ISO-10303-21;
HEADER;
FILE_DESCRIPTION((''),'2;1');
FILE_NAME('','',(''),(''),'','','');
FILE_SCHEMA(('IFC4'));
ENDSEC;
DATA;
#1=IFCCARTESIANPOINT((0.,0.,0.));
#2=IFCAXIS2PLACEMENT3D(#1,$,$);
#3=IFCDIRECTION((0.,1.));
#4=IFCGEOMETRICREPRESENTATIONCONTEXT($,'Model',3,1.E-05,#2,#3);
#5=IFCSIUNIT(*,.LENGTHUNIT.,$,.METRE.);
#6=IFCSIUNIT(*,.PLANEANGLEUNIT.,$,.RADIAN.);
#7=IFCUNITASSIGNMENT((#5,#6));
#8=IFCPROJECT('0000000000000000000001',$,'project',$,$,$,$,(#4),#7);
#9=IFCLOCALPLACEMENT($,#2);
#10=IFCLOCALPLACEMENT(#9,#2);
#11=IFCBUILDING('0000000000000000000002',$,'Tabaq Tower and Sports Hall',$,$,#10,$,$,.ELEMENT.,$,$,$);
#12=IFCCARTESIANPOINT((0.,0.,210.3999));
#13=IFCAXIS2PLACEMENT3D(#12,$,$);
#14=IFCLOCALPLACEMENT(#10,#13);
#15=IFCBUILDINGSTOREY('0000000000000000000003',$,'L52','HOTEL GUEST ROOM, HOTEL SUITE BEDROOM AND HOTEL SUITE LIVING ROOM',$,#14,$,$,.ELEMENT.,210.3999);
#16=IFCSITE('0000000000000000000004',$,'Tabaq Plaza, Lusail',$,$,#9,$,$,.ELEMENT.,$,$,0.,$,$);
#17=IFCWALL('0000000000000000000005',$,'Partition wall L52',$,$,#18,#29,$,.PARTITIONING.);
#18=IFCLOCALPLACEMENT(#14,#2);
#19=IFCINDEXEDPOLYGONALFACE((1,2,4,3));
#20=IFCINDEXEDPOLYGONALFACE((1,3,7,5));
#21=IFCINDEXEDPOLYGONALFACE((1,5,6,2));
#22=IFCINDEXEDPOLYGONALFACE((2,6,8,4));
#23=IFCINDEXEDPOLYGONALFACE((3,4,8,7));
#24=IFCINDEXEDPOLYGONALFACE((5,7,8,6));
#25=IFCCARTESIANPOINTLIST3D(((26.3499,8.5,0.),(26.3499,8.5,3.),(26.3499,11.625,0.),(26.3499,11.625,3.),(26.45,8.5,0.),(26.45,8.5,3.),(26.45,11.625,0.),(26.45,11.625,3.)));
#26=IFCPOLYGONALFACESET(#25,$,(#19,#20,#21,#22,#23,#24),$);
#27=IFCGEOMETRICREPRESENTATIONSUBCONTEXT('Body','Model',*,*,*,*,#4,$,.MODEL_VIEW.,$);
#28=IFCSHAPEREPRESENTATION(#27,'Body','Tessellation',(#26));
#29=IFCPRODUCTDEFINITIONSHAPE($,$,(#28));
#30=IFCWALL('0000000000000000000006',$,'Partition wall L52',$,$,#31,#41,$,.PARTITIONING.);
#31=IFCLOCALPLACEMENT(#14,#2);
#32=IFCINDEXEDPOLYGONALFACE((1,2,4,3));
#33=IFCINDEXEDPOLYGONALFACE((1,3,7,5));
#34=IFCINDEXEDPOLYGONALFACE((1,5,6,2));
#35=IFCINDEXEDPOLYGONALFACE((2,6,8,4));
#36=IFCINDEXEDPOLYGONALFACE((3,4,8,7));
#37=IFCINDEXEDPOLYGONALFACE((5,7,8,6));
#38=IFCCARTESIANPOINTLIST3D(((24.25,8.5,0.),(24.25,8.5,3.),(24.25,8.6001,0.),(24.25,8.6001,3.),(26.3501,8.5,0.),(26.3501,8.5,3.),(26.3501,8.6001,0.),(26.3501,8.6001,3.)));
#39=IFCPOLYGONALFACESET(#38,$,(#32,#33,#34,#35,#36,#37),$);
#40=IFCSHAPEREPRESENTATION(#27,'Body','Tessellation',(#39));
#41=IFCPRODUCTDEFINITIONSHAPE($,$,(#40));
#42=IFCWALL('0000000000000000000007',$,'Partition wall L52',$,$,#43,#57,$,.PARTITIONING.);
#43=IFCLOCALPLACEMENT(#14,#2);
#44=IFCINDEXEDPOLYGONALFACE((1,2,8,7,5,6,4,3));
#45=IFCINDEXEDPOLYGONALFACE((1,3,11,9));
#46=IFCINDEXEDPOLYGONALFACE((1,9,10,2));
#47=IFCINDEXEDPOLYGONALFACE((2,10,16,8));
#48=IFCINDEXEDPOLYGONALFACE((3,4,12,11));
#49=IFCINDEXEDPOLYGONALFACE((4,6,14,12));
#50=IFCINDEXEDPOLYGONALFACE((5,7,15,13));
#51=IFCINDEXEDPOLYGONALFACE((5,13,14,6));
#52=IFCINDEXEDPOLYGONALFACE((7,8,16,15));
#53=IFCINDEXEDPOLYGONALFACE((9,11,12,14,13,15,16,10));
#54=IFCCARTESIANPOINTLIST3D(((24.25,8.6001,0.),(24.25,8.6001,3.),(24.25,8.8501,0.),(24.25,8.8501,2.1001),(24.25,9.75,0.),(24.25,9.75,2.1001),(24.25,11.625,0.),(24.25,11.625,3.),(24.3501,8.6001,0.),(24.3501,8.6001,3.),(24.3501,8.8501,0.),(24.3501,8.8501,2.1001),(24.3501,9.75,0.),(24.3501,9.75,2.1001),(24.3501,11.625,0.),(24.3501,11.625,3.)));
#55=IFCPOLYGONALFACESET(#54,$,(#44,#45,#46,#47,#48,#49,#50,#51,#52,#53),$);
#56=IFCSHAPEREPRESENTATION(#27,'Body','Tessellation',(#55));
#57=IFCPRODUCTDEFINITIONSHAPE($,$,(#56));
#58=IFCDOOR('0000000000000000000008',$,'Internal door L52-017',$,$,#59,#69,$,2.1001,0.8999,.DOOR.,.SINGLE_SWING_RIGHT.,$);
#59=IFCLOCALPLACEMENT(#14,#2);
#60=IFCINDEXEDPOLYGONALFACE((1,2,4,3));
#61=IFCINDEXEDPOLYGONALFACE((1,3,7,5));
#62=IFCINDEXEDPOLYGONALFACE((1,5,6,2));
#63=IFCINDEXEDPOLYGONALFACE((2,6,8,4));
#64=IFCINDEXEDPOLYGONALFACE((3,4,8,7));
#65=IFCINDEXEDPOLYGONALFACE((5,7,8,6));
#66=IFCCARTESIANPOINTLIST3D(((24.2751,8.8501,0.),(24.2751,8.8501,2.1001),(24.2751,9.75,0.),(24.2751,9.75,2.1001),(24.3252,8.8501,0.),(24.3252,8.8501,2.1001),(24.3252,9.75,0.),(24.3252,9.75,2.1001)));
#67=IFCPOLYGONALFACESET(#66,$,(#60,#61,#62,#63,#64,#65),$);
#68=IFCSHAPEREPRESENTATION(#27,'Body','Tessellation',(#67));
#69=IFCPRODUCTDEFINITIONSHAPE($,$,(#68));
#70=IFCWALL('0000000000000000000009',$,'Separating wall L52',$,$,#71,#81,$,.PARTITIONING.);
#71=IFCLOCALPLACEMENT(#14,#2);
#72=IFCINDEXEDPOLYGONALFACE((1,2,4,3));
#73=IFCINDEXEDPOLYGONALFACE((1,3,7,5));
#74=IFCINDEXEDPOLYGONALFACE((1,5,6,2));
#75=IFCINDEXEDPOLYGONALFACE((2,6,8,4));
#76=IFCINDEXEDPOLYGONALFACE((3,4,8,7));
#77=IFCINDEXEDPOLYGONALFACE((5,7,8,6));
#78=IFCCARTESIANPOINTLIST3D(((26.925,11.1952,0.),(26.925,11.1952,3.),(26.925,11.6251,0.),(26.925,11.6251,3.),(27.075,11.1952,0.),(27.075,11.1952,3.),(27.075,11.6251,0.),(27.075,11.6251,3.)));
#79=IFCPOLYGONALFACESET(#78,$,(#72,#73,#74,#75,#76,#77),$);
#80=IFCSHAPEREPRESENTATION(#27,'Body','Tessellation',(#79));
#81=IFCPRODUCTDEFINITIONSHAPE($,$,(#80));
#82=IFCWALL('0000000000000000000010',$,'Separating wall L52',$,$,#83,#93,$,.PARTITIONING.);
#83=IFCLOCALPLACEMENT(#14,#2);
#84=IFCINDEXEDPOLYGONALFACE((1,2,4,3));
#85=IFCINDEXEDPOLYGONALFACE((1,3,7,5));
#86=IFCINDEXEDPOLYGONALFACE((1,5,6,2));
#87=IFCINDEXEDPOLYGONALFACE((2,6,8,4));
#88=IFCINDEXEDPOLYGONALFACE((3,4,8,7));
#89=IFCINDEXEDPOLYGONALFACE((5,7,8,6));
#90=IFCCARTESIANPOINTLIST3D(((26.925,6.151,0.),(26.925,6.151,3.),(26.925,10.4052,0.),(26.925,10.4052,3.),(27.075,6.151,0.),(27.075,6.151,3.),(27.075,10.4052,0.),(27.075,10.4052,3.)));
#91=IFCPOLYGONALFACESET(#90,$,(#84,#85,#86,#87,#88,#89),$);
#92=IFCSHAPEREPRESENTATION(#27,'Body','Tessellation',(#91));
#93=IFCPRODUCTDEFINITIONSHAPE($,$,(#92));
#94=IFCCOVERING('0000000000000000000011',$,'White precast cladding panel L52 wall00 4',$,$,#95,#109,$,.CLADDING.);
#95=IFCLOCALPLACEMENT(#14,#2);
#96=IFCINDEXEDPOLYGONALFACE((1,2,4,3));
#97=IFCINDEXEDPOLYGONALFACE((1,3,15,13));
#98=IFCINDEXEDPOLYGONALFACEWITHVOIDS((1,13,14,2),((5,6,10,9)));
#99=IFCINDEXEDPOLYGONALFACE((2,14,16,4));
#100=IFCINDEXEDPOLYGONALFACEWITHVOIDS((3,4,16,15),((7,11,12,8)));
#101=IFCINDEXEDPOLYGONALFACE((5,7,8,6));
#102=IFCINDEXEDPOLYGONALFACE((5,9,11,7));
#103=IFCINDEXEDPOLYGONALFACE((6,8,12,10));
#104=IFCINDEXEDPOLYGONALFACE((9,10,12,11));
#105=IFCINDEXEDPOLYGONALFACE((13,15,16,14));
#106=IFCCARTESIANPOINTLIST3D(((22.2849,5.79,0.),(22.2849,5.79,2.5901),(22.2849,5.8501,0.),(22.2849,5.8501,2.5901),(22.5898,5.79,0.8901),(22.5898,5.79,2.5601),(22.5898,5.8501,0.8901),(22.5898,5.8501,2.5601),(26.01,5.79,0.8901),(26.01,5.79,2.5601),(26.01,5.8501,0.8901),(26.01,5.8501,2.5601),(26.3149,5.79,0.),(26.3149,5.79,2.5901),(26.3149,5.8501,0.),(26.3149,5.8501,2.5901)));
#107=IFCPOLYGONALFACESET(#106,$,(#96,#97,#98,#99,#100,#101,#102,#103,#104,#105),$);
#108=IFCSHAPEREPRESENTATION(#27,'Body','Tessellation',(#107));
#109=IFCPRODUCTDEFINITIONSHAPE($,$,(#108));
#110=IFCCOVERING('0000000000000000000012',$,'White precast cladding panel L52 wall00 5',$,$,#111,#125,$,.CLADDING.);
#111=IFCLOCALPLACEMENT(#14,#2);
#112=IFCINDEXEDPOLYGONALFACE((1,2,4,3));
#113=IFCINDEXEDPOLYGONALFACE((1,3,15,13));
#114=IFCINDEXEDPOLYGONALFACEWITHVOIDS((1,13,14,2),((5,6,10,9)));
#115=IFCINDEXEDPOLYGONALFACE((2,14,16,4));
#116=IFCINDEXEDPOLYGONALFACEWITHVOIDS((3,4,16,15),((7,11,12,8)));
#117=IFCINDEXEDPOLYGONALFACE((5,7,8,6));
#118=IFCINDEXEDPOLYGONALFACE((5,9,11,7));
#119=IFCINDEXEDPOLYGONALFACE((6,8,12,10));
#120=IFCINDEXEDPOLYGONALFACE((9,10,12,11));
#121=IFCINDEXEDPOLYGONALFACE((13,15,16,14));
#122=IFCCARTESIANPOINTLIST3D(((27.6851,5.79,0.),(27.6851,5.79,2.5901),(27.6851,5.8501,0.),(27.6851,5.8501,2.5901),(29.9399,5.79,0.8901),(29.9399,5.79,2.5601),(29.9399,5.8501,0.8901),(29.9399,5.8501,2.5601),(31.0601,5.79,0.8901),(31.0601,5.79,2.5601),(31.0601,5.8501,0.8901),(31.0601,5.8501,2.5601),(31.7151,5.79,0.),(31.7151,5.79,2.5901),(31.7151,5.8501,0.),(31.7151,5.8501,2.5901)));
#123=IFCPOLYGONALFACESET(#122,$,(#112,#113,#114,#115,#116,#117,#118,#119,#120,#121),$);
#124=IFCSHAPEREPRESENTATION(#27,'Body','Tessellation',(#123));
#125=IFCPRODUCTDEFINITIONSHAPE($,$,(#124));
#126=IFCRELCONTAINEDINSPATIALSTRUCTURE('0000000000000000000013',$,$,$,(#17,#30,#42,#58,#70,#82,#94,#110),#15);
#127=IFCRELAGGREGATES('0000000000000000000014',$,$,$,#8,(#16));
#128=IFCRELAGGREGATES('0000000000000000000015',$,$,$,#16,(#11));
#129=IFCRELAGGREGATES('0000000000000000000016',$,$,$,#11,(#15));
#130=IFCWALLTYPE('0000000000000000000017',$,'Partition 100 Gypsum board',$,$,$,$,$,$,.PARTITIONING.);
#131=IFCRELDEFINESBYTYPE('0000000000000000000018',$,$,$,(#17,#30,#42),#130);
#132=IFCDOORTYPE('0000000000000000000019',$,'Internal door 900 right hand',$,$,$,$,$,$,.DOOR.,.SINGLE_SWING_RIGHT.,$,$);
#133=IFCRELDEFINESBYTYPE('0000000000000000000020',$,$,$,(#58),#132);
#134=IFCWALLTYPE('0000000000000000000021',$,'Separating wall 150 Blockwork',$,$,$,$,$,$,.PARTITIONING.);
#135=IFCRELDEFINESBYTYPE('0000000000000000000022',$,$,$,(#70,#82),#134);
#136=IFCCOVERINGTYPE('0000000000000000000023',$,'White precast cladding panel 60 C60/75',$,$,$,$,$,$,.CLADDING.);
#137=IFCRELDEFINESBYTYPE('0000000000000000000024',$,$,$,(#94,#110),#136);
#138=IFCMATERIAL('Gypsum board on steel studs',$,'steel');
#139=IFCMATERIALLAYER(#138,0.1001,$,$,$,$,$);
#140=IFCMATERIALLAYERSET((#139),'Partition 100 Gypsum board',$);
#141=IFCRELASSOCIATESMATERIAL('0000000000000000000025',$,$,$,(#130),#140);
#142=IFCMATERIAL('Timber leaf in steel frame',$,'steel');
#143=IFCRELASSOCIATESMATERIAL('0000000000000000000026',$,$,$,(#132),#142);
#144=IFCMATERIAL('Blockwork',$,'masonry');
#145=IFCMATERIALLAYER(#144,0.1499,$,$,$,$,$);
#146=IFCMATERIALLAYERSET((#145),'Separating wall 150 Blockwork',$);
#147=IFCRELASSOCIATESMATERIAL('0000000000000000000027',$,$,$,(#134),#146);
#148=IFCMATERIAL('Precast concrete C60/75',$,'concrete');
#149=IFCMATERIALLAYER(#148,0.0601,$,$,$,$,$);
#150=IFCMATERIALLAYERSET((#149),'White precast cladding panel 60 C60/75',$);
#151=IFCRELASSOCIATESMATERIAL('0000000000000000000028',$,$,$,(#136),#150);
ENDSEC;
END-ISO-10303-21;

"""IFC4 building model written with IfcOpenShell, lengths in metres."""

from ifc_helpers import new_model, si_unit, direction, frame, frame_2d, origin, place, context, subcontext, project, spatial, polyline, rectangle, outline, extrude, material, layer, layer_set, type_object, element, fill, save


model = new_model("IFC4")

# Units and contexts
model_context = context("Model", 3, precision=1e-05, world=origin(), true_north=direction((0.0, 1.0)))
body_context = subcontext(model_context, "Body", "Model", "MODEL_VIEW")
ifc_project = project(units=[si_unit("LENGTHUNIT", "METRE"), si_unit("PLANEANGLEUNIT", "RADIAN")], contexts=[model_context])

# Site, building, storey
site_placement = place(None, origin())
site = spatial("IfcSite", under=ifc_project, at=site_placement, Name="Tabaq Plaza, Lusail", CompositionType="ELEMENT", RefElevation=0.0)
building_placement = place(site_placement, origin())
building = spatial("IfcBuilding", under=site, at=building_placement, Name="Tabaq Tower and Sports Hall", CompositionType="ELEMENT")
storey_placement = place(building_placement, frame((0.0, 0.0, 210.3999)))
storey = spatial("IfcBuildingStorey", under=building, at=storey_placement, Name="L52", Description="HOTEL GUEST ROOM, HOTEL SUITE BEDROOM AND HOTEL SUITE LIVING ROOM", CompositionType="ELEMENT", Elevation=210.3999)

# Walls
ifc_material_1 = material(Name="Gypsum board on steel studs", Category="steel")
ifc_layer_1 = layer(ifc_material_1, 0.1001)
ifc_layer_set_1 = layer_set([ifc_layer_1], Name="Partition 100 Gypsum board")
wall_type_1 = type_object("IfcWallType", Name="Partition 100 Gypsum board", PredefinedType="PARTITIONING", material=ifc_layer_set_1)
wall_1_placement = place(storey_placement, frame((26.3999, 11.625, 0.0), z_axis=(0.0, 0.0, 1.0), x_axis=(0.0, -1.0, 0.0)))
element("IfcWall", 1, at=wall_1_placement, inside=storey, type_object=wall_type_1, Name="Partition wall L52", PredefinedType="PARTITIONING", context=body_context, shape_type="SweptSolid", body=[
    extrude(rectangle(XDim=3.125, YDim=0.1001, at=frame_2d((1.5625, 0.0))), origin(), (0.0, 0.0, 1.0), 3.0),
])
wall_2_placement = place(storey_placement, frame((26.3501, 8.55, 0.0), z_axis=(0.0, 0.0, 1.0), x_axis=(-1.0, 0.0, 0.0)))
element("IfcWall", 2, at=wall_2_placement, inside=storey, type_object=wall_type_1, Name="Partition wall L52", PredefinedType="PARTITIONING", context=body_context, shape_type="SweptSolid", body=[
    extrude(rectangle(XDim=2.1001, YDim=0.1001, at=frame_2d((1.05, 0.0))), origin(), (0.0, 0.0, 1.0), 3.0),
])

# Wall, opening, door
wall_3_placement = place(storey_placement, frame((24.3, 8.6001, 0.0), z_axis=(0.0, 0.0, 1.0), x_axis=(0.0, 1.0, 0.0)))
wall_3 = element("IfcWall", 3, at=wall_3_placement, inside=storey, type_object=wall_type_1, Name="Partition wall L52", PredefinedType="PARTITIONING", context=body_context, shape_type="SweptSolid", body=[
    extrude(rectangle(XDim=3.0249, YDim=0.1001, at=frame_2d((1.5125, 0.0))), origin(), (0.0, 0.0, 1.0), 3.0),
])
opening_placement = place(wall_3_placement, frame((0.25, 0.0, 0.0)))
opening = element("IfcOpeningElement", 4, at=opening_placement, cuts=wall_3, PredefinedType="OPENING", context=body_context, shape_type="SweptSolid", body=[
    extrude(rectangle(XDim=0.8999, YDim=2.1001, at=frame_2d((0.45, 1.05))), frame((0.0, 0.05, 0.0), z_axis=(0.0, -1.0, 0.0), x_axis=(1.0, 0.0, 0.0)), (0.0, 0.0, 1.0), 0.1001),
])
ifc_material_2 = material(Name="Timber leaf in steel frame", Category="steel")
door_type = type_object("IfcDoorType", Name="Internal door 900 right hand", OperationType="SINGLE_SWING_RIGHT", PredefinedType="DOOR", material=ifc_material_2)
door_placement = place(opening_placement, origin())
door = element("IfcDoor", 5, at=door_placement, inside=storey, type_object=door_type, Name="Internal door L52-017", OperationType="SINGLE_SWING_RIGHT", OverallHeight=2.1001, OverallWidth=0.8999, PredefinedType="DOOR", context=body_context, shape_type="SweptSolid", body=[
    extrude(rectangle(XDim=0.8999, YDim=2.1001, at=frame_2d((0.45, 1.05))), frame((0.0, 0.0249, 0.0), z_axis=(0.0, -1.0, 0.0), x_axis=(1.0, 0.0, 0.0)), (0.0, 0.0, 1.0), 0.05),
])
fill(opening, door)

# Walls
ifc_material_3 = material(Name="Blockwork", Category="masonry")
ifc_layer_2 = layer(ifc_material_3, 0.1499)
ifc_layer_set_2 = layer_set([ifc_layer_2], Name="Separating wall 150 Blockwork")
wall_type_2 = type_object("IfcWallType", Name="Separating wall 150 Blockwork", PredefinedType="PARTITIONING", material=ifc_layer_set_2)
wall_4_placement = place(storey_placement, frame((27.0, 11.625, 0.0), z_axis=(0.0, 0.0, 1.0), x_axis=(0.0, -1.0, 0.0)))
element("IfcWall", 6, at=wall_4_placement, inside=storey, type_object=wall_type_2, Name="Separating wall L52", PredefinedType="PARTITIONING", context=body_context, shape_type="SweptSolid", body=[
    extrude(rectangle(XDim=0.4299, YDim=0.1499, at=frame_2d((0.2148, 0.0))), origin(), (0.0, 0.0, 1.0), 3.0),
])
wall_5_placement = place(storey_placement, frame((27.0, 10.405, 0.0), z_axis=(0.0, 0.0, 1.0), x_axis=(0.0, -1.0, 0.0)))
element("IfcWall", 7, at=wall_5_placement, inside=storey, type_object=wall_type_2, Name="Separating wall L52", PredefinedType="PARTITIONING", context=body_context, shape_type="SweptSolid", body=[
    extrude(rectangle(XDim=4.2542, YDim=0.1499, at=frame_2d((2.127, 0.0))), origin(), (0.0, 0.0, 1.0), 3.0),
])

# Coverings
ifc_material_4 = material(Name="Precast concrete C60/75", Category="concrete")
ifc_layer_3 = layer(ifc_material_4, 0.0601)
ifc_layer_set_3 = layer_set([ifc_layer_3], Name="White precast cladding panel 60 C60/75")
covering_type = type_object("IfcCoveringType", Name="White precast cladding panel 60 C60/75", PredefinedType="CLADDING", material=ifc_layer_set_3)
covering_1_placement = place(storey_placement, frame((22.2849, 5.8201, 0.0), z_axis=(0.0, 0.0, 1.0), x_axis=(1.0, 0.0, 0.0)))
element("IfcCovering", 8, at=covering_1_placement, inside=storey, type_object=covering_type, Name="White precast cladding panel L52 wall00 4", PredefinedType="CLADDING", context=body_context, shape_type="SweptSolid", body=[
    extrude(outline(polyline([(0.0, 0.0), (4.03, 0.0), (4.03, 2.5901), (0.0, 2.5901), (0.0, 0.0)]), holes=[polyline([(3.7251, 0.8901), (0.3049, 0.8901), (0.3049, 2.5601), (3.7251, 2.5601), (3.7251, 0.8901)])]), frame((0.0, 0.03, 0.0), z_axis=(0.0, -1.0, 0.0), x_axis=(1.0, 0.0, 0.0)), (0.0, 0.0, 1.0), 0.0601),
])
covering_2_placement = place(storey_placement, frame((27.6851, 5.8201, 0.0), z_axis=(0.0, 0.0, 1.0), x_axis=(1.0, 0.0, 0.0)))
element("IfcCovering", 9, at=covering_2_placement, inside=storey, type_object=covering_type, Name="White precast cladding panel L52 wall00 5", PredefinedType="CLADDING", context=body_context, shape_type="SweptSolid", body=[
    extrude(outline(polyline([(0.0, 0.0), (4.03, 0.0), (4.03, 2.5901), (0.0, 2.5901), (0.0, 0.0)]), holes=[polyline([(3.375, 0.8901), (2.2549, 0.8901), (2.2549, 2.5601), (3.375, 2.5601), (3.375, 0.8901)])]), frame((0.0, 0.03, 0.0), z_axis=(0.0, -1.0, 0.0), x_axis=(1.0, 0.0, 0.0)), (0.0, 0.0, 1.0), 0.0601),
])

save(model, "model.ifc")
